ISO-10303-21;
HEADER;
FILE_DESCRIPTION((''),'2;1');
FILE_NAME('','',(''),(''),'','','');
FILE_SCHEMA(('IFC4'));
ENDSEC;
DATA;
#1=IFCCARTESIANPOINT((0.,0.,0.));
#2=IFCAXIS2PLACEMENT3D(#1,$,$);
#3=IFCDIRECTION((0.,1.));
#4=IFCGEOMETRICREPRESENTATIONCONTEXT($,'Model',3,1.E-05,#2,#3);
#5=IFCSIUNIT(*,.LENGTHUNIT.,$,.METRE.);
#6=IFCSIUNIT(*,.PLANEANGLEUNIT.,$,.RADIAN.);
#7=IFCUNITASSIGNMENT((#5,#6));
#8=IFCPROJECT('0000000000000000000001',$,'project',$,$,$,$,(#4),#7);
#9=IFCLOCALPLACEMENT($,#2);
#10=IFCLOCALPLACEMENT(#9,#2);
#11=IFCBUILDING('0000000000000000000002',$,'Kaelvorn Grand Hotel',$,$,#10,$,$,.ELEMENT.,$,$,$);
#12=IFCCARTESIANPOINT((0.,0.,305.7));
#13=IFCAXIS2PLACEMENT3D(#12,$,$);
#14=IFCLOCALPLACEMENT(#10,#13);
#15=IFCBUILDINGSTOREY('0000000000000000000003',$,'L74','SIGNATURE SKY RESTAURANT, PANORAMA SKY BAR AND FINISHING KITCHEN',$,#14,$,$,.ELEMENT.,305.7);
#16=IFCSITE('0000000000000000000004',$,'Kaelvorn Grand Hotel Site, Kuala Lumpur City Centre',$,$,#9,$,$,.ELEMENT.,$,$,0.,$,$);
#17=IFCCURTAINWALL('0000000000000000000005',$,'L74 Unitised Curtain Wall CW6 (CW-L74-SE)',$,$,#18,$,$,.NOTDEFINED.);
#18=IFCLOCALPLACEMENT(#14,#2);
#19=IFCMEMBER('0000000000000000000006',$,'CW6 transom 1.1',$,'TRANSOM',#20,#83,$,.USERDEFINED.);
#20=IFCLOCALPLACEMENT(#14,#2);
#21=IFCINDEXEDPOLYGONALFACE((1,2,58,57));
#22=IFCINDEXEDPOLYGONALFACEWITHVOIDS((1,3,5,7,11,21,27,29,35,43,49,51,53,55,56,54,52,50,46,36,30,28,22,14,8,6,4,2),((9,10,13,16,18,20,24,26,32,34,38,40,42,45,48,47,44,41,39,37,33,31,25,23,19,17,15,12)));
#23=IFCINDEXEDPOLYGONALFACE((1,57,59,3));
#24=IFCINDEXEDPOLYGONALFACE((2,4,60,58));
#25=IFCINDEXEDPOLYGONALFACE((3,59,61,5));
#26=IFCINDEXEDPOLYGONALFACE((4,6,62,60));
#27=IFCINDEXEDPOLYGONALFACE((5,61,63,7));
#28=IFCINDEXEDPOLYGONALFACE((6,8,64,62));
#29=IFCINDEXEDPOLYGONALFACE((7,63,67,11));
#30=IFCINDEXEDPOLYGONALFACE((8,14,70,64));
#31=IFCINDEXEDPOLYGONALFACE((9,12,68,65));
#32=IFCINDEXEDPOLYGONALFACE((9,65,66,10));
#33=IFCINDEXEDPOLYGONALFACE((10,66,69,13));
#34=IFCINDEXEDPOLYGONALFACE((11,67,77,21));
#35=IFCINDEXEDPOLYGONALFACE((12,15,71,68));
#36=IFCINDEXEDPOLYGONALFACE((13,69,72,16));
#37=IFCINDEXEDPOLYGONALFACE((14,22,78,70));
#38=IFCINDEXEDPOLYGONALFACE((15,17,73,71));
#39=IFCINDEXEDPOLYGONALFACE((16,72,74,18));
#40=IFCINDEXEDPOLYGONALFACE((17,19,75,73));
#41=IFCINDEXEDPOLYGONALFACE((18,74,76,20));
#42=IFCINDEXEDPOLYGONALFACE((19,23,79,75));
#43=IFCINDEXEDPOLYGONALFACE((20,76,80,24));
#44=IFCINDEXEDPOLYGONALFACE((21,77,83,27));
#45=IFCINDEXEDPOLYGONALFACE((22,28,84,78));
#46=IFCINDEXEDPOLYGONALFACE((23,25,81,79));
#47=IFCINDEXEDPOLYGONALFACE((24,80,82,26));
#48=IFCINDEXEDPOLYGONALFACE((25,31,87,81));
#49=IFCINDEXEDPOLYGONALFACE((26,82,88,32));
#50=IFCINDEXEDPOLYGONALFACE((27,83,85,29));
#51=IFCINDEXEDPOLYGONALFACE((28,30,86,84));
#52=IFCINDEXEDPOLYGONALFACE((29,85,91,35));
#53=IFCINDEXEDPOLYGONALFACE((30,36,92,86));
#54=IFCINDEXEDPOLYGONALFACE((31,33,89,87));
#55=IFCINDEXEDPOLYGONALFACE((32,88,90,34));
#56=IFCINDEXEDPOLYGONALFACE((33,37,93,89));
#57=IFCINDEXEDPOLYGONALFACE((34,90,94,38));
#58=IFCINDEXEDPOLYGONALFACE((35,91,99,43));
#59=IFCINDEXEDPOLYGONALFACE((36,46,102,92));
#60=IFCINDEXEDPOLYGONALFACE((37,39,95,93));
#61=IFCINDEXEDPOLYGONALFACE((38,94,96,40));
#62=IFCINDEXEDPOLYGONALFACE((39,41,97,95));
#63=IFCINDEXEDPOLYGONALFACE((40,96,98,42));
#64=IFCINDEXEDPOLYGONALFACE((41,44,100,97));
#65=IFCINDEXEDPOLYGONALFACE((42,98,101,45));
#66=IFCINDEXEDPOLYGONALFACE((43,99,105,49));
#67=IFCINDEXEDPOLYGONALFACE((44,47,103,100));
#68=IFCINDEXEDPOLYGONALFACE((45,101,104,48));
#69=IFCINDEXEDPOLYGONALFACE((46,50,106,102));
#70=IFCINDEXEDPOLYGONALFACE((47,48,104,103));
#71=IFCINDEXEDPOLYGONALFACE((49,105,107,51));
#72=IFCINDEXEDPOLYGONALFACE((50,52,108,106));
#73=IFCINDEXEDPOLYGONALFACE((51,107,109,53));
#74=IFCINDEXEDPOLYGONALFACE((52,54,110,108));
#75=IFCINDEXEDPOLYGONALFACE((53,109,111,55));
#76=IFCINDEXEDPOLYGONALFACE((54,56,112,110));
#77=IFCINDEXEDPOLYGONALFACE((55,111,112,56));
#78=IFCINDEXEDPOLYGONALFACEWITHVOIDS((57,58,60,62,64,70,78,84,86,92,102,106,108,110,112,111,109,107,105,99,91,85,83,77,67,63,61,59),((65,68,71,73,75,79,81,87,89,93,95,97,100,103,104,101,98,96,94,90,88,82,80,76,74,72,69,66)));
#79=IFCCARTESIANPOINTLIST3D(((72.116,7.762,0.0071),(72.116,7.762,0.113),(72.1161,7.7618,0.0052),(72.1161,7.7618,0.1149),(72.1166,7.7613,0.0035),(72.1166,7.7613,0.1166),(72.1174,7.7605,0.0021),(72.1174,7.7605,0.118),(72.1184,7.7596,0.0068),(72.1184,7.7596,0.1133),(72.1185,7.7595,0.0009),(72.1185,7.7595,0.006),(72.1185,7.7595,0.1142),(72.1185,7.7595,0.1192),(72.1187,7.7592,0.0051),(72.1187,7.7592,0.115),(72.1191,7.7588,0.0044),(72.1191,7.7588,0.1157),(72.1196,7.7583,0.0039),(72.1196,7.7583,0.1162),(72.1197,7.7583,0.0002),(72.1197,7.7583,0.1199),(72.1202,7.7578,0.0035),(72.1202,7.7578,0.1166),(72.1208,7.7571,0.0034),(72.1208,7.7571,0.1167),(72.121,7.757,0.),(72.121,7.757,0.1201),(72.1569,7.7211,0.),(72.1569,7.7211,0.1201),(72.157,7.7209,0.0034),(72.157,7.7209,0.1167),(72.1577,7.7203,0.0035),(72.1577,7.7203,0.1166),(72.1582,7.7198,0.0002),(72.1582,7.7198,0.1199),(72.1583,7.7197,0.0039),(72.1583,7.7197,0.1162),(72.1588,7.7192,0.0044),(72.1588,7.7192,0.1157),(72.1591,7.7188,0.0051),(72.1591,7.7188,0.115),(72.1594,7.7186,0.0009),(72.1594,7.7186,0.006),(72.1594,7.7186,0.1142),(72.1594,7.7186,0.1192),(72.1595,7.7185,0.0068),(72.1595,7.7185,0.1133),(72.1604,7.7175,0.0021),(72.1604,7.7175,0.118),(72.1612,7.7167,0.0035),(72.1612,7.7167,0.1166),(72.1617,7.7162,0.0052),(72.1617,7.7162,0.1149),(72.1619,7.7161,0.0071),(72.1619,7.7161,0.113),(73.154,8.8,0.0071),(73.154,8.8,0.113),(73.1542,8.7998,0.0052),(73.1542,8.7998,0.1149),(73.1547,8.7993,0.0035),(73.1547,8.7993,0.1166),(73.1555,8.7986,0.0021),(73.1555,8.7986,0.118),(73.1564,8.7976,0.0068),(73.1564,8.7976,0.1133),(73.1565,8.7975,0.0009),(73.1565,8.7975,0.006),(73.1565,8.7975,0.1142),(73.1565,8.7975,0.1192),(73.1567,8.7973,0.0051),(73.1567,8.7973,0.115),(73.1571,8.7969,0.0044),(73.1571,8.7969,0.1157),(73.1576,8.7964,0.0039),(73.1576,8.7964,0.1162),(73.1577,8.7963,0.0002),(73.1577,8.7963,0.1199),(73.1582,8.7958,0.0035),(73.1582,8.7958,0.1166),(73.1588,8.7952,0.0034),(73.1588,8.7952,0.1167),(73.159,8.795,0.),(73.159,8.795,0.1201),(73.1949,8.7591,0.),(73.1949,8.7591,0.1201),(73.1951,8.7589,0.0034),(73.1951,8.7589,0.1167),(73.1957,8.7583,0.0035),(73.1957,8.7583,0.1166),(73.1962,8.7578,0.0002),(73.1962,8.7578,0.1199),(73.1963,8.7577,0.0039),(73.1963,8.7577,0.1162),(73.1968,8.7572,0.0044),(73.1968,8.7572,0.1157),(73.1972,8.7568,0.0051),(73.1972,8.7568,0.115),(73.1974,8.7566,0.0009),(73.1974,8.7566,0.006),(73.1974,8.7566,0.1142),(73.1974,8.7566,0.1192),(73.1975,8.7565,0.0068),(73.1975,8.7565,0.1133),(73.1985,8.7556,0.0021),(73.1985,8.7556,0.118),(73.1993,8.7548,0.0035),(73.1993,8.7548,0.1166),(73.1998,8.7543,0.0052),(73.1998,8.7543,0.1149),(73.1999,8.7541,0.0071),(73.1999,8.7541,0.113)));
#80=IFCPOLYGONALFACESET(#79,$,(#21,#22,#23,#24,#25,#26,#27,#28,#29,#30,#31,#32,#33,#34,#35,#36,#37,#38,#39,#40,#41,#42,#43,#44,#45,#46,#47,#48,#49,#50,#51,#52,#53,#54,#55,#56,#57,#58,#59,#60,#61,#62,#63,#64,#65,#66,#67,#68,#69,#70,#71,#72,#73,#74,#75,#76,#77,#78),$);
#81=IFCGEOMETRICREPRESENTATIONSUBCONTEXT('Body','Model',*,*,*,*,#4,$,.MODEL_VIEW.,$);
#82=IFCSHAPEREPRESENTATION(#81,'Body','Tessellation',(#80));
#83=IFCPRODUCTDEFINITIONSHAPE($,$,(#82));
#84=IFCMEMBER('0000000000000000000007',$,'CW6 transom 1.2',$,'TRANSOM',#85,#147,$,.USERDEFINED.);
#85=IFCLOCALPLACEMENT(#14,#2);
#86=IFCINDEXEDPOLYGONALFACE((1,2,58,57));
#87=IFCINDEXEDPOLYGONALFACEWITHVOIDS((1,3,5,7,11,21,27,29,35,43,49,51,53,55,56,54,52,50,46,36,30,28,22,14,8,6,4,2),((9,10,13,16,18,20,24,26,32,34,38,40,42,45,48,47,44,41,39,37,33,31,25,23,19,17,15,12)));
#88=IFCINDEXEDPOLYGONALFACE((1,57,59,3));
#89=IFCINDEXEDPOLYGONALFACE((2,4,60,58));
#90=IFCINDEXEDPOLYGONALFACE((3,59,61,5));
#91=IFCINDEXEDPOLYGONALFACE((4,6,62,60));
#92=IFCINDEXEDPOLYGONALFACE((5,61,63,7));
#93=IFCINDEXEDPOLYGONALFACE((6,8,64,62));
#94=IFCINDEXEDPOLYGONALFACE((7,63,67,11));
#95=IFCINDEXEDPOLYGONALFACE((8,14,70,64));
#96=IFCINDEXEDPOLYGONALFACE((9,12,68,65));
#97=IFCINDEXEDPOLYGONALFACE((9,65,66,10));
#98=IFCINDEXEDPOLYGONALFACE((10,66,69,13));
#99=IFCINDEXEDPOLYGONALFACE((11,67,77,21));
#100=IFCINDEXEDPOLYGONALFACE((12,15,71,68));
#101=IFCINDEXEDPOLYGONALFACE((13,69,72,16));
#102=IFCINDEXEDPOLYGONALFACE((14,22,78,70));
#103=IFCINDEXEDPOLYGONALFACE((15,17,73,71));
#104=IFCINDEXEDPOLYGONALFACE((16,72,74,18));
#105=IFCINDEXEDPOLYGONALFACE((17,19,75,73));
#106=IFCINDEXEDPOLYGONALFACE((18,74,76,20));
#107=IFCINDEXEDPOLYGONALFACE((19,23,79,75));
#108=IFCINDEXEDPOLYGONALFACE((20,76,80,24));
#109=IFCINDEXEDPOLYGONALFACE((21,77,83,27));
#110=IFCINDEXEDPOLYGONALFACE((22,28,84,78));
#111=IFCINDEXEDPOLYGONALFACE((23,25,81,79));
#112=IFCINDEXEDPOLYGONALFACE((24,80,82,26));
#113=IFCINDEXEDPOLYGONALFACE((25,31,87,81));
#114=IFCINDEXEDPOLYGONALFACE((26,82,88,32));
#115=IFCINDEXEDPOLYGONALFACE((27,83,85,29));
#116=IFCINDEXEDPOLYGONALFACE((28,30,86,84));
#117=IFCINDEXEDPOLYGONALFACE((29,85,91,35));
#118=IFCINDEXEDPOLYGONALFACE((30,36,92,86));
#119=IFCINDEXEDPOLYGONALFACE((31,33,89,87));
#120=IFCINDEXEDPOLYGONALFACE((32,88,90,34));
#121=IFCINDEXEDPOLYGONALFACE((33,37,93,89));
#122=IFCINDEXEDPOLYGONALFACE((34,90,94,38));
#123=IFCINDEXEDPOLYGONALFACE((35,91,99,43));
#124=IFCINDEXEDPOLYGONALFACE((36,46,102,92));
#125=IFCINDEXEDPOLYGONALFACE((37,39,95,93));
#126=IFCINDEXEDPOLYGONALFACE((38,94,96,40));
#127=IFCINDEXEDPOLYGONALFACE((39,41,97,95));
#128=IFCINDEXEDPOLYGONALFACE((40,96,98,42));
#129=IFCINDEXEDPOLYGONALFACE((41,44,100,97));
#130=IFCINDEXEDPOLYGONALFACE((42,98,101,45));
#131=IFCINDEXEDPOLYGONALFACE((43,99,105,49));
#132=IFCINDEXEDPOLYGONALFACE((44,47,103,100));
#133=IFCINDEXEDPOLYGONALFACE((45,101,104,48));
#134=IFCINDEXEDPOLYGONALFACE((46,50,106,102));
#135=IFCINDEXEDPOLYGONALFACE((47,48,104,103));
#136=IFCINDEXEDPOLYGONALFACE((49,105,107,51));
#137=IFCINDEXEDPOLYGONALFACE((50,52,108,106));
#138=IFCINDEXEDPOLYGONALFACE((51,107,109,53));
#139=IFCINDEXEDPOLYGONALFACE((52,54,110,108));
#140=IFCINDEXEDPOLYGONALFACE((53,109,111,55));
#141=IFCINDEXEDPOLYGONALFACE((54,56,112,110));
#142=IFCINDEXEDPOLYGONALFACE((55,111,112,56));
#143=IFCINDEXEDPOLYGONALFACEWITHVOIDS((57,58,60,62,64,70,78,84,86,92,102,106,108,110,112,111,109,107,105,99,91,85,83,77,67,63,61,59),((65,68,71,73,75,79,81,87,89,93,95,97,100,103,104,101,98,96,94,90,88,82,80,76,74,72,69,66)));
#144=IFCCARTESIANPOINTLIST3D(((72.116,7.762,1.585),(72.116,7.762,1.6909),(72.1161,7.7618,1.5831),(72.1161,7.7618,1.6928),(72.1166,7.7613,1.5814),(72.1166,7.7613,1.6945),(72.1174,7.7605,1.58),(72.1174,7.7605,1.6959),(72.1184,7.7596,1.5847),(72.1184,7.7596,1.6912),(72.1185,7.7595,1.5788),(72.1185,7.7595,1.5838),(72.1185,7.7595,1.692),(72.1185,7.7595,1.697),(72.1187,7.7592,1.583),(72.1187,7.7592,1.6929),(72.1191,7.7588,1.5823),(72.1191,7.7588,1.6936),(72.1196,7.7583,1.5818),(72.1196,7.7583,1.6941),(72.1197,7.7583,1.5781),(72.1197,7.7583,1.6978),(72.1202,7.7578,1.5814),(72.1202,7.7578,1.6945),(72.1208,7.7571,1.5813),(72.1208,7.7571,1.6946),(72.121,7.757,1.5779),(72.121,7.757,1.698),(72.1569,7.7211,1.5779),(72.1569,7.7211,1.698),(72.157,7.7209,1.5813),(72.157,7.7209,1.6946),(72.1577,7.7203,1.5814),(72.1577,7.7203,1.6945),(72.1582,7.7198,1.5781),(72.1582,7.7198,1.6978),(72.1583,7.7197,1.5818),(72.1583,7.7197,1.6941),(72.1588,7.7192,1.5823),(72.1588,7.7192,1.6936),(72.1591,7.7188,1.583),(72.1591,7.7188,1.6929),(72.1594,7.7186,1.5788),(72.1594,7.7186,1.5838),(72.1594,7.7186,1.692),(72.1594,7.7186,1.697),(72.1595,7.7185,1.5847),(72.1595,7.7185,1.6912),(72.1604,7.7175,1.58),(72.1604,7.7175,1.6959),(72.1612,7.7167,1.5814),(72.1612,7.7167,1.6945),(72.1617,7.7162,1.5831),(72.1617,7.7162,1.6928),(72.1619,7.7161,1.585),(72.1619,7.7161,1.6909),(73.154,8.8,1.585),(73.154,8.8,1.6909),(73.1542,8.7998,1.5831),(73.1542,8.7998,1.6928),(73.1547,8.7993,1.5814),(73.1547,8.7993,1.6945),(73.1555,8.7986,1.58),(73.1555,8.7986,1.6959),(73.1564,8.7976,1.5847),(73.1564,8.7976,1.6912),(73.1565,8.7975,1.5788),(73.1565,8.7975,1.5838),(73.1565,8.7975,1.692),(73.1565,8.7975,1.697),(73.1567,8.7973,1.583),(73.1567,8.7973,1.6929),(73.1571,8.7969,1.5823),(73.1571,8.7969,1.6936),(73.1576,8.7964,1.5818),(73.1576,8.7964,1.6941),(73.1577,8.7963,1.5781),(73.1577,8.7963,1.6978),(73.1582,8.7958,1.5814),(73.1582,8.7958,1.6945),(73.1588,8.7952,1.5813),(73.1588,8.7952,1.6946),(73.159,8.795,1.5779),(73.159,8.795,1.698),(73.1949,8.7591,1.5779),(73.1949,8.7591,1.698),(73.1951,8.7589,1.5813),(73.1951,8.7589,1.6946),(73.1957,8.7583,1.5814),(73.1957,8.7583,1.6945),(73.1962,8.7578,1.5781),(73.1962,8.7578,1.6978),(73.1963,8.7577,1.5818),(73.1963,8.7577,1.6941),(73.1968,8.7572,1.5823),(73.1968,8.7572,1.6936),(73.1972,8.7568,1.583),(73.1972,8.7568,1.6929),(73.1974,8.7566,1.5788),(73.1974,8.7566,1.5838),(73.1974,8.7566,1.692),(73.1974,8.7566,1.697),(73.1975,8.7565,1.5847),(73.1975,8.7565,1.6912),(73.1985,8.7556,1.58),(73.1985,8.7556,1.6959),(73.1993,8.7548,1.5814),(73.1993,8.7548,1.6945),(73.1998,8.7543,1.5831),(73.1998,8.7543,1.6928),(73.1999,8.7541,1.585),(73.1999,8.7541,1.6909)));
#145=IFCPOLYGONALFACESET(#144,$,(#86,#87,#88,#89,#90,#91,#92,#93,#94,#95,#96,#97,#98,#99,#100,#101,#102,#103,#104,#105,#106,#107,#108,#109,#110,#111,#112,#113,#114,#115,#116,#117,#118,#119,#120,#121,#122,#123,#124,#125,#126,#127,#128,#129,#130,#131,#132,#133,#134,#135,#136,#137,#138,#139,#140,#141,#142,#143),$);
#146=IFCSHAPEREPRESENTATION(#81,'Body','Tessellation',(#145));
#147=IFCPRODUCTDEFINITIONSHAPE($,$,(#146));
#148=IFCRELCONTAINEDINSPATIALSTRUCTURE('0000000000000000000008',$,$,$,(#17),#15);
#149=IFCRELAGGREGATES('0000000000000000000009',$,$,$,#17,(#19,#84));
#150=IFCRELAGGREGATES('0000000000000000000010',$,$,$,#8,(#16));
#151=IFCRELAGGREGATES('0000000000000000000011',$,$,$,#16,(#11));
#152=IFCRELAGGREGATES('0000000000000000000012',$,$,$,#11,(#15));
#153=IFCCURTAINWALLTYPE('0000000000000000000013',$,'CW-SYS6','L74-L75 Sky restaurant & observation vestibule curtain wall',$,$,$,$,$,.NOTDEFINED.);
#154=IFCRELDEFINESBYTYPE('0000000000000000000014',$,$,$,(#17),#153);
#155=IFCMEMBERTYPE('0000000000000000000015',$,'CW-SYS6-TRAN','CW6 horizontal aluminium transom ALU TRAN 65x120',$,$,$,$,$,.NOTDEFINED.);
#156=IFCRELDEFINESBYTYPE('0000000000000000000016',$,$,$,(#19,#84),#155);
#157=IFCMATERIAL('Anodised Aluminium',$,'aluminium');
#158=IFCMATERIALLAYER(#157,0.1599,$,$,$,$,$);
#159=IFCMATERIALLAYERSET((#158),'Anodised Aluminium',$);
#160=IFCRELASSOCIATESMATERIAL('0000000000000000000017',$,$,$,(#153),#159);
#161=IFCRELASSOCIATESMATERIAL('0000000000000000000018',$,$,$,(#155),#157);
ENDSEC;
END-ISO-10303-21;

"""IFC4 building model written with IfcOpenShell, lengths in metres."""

from ifc_helpers import new_model, si_unit, direction, frame, origin, origin_2d, place, context, subcontext, project, spatial, hollow_rectangle, extrude, material, layer, layer_set, material_profile, profile_set, type_object, element, aggregate, save


model = new_model("IFC4")

# Units and contexts
model_context = context("Model", 3, precision=1e-05, world=origin(), true_north=direction((0.0, 1.0)))
body_context = subcontext(model_context, "Body", "Model", "MODEL_VIEW")
ifc_project = project(units=[si_unit("LENGTHUNIT", "METRE"), si_unit("PLANEANGLEUNIT", "RADIAN")], contexts=[model_context])

# Site, building, storey
site_placement = place(None, origin())
site = spatial("IfcSite", under=ifc_project, at=site_placement, Name="Kaelvorn Grand Hotel Site, Kuala Lumpur City Centre", CompositionType="ELEMENT", RefElevation=0.0)
building_placement = place(site_placement, origin())
building = spatial("IfcBuilding", under=site, at=building_placement, Name="Kaelvorn Grand Hotel", CompositionType="ELEMENT")
storey_placement = place(building_placement, frame((0.0, 0.0, 305.7)))
storey = spatial("IfcBuildingStorey", under=building, at=storey_placement, Name="L74", Description="SIGNATURE SKY RESTAURANT, PANORAMA SKY BAR AND FINISHING KITCHEN", CompositionType="ELEMENT", Elevation=305.7)

# Shared definitions
ifc_material_1 = material(Name="Anodised Aluminium", Category="aluminium")
ifc_layer_1 = layer(ifc_material_1, 0.1599)
ifc_layer_set_1 = layer_set([ifc_layer_1], Name="Anodised Aluminium")
curtain_wall_type = type_object("IfcCurtainWallType", Name="CW-SYS6", Description="L74-L75 Sky restaurant & observation vestibule curtain wall", PredefinedType="NOTDEFINED", material=ifc_layer_set_1)

# Curtain wall, members
curtain_wall_1_placement = place(storey_placement, origin())
curtain_wall_1 = element("IfcCurtainWall", 1, at=curtain_wall_1_placement, inside=storey, type_object=curtain_wall_type, Name="L74 Unitised Curtain Wall CW6 (CW-L74-SE)", PredefinedType="NOTDEFINED")
ifc_material_profile_1 = material_profile(ifc_material_1, hollow_rectangle(XDim=0.0649, YDim=0.1201, WallThickness=0.0034, InnerFilletRadius=0.0034, OuterFilletRadius=0.0071, at=origin_2d()), Name="ALU TRAN 65x120")
ifc_profile_set_1 = profile_set([ifc_material_profile_1], Name="Anodised Aluminium")
member_type_1 = type_object("IfcMemberType", Name="CW-SYS6-TRAN", Description="CW6 horizontal aluminium transom ALU TRAN 65x120", PredefinedType="NOTDEFINED", material=ifc_profile_set_1)
member_1_placement = place(storey_placement, frame((72.1389, 7.739, 0.0601), z_axis=(0.707107, 0.707107, 0.0), x_axis=(-0.707107, 0.707107, 0.0)))
member_1 = element("IfcMember", 2, at=member_1_placement, type_object=member_type_1, Name="CW6 transom 1.1", ObjectType="TRANSOM", PredefinedType="USERDEFINED", context=body_context, shape_type="SweptSolid", body=[
    extrude(hollow_rectangle(XDim=0.0649, YDim=0.1201, WallThickness=0.0034, InnerFilletRadius=0.0034, OuterFilletRadius=0.0071, at=origin_2d()), origin(), (0.0, 0.0, 1.0), 1.468),
])
member_2_placement = place(storey_placement, frame((72.1389, 7.739, 1.6379), z_axis=(0.707107, 0.707107, 0.0), x_axis=(-0.707107, 0.707107, 0.0)))
member_2 = element("IfcMember", 3, at=member_2_placement, type_object=member_type_1, Name="CW6 transom 1.2", ObjectType="TRANSOM", PredefinedType="USERDEFINED", context=body_context, shape_type="SweptSolid", body=[
    extrude(hollow_rectangle(XDim=0.0649, YDim=0.1201, WallThickness=0.0034, InnerFilletRadius=0.0034, OuterFilletRadius=0.0071, at=origin_2d()), origin(), (0.0, 0.0, 1.0), 1.468),
])
aggregate(curtain_wall_1, [member_1, member_2])

save(model, "model.ifc")
